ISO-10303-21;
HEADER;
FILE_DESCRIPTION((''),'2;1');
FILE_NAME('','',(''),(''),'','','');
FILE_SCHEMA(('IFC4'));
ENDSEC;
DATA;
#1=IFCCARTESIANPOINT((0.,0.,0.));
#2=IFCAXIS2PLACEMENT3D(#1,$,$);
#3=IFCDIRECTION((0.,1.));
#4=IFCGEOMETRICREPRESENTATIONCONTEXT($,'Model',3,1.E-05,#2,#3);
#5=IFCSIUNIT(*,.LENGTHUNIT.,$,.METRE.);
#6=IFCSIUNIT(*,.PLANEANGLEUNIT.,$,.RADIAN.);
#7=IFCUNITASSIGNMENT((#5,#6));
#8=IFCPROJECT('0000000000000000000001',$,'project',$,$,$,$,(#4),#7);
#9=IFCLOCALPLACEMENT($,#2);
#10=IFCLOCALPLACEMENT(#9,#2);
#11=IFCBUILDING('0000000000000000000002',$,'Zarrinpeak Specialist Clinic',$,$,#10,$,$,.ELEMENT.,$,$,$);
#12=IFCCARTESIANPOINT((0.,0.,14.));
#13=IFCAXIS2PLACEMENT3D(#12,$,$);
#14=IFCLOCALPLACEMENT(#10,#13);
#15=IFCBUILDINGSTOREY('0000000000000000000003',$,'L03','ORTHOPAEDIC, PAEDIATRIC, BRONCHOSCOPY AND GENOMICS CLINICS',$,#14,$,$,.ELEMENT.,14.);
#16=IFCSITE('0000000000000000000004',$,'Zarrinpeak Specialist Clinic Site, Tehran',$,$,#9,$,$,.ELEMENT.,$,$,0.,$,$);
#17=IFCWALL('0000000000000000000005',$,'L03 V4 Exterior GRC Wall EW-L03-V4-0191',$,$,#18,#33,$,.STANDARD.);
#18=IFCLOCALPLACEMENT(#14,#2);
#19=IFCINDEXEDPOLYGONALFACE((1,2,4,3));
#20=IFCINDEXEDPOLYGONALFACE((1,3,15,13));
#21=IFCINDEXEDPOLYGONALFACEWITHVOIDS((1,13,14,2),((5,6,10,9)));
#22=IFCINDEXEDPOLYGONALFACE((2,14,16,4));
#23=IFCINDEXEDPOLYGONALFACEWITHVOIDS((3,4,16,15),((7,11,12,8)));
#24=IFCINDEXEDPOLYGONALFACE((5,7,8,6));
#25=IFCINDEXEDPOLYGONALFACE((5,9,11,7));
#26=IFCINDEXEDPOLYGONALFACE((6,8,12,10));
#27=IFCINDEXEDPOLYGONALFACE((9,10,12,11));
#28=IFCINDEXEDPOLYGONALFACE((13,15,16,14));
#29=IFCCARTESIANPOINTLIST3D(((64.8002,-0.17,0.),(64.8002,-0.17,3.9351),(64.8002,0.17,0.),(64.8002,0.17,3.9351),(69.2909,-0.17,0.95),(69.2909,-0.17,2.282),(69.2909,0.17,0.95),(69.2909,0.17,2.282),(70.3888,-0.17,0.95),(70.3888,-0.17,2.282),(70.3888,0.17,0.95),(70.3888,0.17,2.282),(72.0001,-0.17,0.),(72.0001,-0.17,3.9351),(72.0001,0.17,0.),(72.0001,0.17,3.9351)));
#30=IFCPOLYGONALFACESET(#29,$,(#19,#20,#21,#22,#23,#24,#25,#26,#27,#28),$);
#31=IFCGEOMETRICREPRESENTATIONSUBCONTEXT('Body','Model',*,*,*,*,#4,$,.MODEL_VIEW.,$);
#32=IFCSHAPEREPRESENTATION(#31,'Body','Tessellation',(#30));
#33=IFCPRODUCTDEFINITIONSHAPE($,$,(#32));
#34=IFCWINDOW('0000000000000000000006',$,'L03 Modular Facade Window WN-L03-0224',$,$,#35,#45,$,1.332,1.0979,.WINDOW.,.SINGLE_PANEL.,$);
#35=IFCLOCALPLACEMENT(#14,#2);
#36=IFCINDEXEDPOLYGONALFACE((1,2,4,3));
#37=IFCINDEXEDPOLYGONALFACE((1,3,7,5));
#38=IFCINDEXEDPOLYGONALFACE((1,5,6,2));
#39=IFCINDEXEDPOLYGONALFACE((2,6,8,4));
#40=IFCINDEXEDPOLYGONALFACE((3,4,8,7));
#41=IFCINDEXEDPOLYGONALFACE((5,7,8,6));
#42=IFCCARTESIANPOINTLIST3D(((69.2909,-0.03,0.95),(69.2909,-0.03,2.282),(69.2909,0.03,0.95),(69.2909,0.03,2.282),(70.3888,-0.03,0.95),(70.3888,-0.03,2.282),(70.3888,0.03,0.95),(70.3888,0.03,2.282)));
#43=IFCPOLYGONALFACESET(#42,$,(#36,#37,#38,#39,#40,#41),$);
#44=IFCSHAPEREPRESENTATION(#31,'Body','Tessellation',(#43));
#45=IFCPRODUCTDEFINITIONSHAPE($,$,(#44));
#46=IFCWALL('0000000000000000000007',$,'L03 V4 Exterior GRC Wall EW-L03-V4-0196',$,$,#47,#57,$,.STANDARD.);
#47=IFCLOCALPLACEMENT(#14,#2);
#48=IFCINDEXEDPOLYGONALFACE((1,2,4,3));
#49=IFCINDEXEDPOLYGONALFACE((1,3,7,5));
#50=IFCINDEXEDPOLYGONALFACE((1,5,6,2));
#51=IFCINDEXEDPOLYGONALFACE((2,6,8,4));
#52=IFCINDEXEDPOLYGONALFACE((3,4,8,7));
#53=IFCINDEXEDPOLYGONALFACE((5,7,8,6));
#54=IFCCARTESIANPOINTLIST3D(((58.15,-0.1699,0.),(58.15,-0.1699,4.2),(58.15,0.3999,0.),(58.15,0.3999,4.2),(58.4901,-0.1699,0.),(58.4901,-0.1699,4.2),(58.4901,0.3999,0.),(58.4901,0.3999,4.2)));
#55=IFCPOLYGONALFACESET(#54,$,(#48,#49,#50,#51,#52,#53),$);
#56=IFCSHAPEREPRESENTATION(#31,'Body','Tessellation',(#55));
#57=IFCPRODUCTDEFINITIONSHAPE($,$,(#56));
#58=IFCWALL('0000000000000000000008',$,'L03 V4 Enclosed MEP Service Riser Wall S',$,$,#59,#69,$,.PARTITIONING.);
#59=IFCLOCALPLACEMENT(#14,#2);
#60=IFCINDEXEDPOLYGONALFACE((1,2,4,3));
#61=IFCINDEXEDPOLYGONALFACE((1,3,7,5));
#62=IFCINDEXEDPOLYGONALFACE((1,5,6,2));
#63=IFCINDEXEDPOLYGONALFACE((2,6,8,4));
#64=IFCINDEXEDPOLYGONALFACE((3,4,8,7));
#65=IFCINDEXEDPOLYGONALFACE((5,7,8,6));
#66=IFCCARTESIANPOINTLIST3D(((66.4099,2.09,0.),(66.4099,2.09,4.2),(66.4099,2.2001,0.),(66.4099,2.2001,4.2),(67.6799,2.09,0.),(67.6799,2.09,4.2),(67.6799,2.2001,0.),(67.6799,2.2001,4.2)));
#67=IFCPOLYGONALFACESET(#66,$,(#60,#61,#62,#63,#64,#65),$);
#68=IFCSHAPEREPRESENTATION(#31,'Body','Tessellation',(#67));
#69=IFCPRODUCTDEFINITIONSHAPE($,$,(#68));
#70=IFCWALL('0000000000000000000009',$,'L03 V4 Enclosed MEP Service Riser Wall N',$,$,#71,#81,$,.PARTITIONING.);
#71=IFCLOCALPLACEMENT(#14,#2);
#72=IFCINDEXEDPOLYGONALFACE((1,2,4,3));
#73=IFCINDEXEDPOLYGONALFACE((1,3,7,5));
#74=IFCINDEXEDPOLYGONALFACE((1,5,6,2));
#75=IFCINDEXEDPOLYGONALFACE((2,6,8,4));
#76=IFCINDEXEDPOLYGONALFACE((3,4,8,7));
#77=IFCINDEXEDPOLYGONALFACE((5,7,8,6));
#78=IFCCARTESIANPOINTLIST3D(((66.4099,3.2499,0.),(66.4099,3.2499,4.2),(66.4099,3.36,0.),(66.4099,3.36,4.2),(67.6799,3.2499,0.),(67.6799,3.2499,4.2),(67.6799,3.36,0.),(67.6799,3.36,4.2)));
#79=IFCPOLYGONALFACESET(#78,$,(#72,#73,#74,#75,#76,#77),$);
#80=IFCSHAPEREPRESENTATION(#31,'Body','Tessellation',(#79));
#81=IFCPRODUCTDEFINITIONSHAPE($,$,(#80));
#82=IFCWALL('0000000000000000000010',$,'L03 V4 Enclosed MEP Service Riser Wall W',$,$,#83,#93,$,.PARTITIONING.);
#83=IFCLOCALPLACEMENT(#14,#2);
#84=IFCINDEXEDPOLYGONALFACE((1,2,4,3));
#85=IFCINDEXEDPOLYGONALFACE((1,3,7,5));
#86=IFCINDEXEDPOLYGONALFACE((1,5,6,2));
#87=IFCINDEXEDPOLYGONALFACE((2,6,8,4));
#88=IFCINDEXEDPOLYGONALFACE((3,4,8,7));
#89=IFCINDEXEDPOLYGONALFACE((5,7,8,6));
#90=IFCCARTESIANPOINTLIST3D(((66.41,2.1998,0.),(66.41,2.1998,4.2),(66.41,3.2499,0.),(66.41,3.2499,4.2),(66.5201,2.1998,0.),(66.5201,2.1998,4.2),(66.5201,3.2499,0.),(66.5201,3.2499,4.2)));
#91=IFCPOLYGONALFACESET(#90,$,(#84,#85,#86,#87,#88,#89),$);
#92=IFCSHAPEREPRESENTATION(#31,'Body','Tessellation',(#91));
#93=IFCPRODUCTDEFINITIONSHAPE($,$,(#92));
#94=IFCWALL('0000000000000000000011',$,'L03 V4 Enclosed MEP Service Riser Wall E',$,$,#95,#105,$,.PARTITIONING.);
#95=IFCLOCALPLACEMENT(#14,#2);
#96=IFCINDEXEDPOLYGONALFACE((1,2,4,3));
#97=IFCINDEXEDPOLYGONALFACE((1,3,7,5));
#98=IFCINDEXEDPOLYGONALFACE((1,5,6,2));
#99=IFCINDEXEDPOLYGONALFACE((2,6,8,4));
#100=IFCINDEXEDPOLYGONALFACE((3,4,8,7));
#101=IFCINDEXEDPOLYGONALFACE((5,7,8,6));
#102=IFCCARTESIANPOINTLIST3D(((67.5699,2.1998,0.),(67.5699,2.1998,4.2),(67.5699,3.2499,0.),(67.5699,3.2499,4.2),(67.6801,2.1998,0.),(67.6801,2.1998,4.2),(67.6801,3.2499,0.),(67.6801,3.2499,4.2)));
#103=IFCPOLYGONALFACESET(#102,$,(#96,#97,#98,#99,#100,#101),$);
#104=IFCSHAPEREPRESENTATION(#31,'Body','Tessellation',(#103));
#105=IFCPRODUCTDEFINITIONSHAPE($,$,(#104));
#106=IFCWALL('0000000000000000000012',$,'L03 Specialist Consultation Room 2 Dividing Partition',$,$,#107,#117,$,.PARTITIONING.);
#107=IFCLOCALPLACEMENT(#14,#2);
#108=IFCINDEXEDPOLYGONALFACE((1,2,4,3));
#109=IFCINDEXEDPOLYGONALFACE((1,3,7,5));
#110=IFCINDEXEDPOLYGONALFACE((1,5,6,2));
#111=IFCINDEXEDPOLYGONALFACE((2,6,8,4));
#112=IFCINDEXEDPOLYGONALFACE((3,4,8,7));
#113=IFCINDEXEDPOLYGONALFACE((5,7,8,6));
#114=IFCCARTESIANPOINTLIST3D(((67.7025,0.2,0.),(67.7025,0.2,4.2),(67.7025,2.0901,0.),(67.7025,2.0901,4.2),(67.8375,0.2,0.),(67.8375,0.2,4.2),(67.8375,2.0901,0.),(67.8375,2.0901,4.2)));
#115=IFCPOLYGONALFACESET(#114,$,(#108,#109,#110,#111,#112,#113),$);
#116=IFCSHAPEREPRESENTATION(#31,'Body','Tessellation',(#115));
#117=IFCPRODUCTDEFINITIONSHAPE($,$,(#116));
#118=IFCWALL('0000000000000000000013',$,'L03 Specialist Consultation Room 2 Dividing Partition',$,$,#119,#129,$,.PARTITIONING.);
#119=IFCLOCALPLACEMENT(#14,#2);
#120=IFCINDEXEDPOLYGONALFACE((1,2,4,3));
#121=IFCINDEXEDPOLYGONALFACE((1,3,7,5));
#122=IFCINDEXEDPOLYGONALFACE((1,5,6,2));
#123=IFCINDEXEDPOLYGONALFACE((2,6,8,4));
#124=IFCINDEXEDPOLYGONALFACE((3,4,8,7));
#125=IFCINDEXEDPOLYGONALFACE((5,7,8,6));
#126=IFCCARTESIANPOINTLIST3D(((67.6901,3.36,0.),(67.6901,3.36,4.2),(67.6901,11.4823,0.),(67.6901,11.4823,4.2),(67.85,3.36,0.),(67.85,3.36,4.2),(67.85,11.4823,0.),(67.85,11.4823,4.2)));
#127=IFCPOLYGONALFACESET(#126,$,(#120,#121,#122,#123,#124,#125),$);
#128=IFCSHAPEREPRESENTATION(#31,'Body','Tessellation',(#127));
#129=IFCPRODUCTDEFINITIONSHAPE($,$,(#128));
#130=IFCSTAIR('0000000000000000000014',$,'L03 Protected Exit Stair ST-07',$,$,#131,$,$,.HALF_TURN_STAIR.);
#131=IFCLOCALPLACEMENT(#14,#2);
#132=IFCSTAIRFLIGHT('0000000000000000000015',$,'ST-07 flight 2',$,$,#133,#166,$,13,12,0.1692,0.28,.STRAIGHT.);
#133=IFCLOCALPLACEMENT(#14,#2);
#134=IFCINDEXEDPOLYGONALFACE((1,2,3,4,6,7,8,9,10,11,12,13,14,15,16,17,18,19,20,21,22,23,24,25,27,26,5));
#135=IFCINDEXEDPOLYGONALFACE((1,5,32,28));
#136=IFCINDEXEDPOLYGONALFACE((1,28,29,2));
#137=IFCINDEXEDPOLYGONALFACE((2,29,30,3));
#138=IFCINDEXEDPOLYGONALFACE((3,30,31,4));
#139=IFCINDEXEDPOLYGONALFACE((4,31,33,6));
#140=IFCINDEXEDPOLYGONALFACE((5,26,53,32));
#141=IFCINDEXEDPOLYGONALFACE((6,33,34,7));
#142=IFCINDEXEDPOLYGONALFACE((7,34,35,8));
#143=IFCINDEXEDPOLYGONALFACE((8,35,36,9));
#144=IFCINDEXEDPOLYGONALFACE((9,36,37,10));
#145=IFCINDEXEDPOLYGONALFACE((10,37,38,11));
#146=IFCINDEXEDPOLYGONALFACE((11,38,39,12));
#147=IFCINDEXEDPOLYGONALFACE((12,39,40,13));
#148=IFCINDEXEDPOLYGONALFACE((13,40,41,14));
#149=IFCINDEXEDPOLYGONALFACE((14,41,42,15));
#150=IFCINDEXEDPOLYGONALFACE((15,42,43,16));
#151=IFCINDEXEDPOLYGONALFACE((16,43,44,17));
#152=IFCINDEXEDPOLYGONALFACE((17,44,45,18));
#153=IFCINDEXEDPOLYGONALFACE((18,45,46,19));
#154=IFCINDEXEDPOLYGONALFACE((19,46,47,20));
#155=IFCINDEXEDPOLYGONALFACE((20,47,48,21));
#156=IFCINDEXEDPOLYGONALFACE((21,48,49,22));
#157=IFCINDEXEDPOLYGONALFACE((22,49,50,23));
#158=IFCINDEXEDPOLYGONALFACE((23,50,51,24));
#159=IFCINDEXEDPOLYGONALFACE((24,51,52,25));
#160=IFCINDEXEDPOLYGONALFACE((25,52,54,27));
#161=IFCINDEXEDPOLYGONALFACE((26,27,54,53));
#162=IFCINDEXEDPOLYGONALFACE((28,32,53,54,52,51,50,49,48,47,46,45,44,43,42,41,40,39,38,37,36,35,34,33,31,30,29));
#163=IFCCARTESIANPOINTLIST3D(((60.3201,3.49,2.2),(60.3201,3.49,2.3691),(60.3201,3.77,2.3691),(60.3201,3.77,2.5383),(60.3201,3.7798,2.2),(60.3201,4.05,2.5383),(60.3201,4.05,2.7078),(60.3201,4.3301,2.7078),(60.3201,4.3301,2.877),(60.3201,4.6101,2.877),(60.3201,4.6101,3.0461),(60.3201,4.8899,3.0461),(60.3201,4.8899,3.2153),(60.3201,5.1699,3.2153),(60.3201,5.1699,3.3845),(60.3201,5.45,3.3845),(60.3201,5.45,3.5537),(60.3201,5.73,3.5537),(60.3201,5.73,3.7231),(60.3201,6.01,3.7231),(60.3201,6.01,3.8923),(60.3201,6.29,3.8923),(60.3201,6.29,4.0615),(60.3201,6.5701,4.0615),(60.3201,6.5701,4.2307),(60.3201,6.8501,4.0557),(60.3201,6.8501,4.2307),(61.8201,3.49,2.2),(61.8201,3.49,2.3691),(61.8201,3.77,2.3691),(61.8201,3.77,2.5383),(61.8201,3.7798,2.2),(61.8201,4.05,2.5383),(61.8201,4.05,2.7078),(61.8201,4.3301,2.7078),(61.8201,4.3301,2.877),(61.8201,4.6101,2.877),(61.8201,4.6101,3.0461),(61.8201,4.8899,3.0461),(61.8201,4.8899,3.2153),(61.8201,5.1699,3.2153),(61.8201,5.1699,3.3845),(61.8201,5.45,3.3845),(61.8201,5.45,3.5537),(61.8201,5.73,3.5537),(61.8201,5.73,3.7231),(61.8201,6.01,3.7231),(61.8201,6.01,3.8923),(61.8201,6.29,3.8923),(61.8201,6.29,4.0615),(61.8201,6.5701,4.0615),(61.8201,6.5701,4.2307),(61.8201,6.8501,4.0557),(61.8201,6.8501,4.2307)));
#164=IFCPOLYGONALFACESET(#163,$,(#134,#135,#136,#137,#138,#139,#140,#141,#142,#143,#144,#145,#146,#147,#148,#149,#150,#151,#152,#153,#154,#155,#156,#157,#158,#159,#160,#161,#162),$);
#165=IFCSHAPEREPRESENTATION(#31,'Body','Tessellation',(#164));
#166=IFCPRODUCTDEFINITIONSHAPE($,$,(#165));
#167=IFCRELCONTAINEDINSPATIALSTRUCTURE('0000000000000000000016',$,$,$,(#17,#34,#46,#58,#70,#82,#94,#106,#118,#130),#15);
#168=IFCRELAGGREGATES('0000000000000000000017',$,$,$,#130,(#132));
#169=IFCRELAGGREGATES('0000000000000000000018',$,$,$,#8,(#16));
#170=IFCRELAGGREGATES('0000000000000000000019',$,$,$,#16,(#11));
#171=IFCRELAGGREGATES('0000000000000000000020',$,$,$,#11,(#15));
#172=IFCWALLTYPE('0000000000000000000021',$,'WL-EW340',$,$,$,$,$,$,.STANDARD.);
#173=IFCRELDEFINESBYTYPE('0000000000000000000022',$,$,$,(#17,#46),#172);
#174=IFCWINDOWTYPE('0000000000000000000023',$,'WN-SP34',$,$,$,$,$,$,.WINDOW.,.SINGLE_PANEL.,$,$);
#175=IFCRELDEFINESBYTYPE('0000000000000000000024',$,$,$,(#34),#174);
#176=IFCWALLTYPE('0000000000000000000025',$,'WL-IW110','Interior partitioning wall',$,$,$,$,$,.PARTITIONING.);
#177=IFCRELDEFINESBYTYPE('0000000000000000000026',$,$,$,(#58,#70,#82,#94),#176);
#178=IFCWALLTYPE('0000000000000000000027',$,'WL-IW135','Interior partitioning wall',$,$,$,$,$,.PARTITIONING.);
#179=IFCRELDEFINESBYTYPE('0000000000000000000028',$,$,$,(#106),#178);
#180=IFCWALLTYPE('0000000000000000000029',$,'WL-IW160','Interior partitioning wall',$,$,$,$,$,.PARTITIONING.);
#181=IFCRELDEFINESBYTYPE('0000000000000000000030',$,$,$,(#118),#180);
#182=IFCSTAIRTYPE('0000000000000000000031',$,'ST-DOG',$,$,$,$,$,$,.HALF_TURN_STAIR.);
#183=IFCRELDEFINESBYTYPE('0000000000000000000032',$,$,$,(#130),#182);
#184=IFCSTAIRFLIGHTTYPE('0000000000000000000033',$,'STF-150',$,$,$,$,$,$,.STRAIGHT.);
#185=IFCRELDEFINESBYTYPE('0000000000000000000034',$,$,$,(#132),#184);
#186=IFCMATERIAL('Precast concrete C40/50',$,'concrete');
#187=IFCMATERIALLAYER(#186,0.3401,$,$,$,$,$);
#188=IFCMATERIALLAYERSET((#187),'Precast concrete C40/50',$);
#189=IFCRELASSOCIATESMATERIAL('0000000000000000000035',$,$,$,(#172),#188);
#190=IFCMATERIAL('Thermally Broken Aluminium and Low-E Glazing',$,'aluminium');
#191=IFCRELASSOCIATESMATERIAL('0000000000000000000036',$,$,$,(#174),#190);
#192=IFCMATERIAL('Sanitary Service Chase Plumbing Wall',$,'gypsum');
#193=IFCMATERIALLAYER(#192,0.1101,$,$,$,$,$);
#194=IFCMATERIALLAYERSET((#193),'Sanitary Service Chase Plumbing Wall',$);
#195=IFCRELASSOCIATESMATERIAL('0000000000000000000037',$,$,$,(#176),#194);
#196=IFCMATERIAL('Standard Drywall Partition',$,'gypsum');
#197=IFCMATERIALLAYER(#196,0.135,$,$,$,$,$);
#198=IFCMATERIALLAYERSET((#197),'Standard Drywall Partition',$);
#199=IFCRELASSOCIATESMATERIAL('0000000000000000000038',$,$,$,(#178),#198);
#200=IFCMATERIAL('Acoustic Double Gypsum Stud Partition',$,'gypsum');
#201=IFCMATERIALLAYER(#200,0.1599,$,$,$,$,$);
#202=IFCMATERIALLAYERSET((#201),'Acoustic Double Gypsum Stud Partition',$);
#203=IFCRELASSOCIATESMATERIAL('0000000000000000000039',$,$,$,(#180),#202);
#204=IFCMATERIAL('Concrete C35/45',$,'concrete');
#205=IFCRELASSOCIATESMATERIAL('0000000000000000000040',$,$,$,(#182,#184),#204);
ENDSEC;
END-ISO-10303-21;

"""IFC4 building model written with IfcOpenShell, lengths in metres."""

from ifc_helpers import new_model, si_unit, direction, frame, frame_2d, origin, place, context, subcontext, project, spatial, polyline, rectangle, outline, extrude, material, layer, layer_set, type_object, element, fill, aggregate, save


model = new_model("IFC4")

# Units and contexts
model_context = context("Model", 3, precision=1e-05, world=origin(), true_north=direction((0.0, 1.0)))
body_context = subcontext(model_context, "Body", "Model", "MODEL_VIEW")
ifc_project = project(units=[si_unit("LENGTHUNIT", "METRE"), si_unit("PLANEANGLEUNIT", "RADIAN")], contexts=[model_context])

# Site, building, storey
site_placement = place(None, origin())
site = spatial("IfcSite", under=ifc_project, at=site_placement, Name="Zarrinpeak Specialist Clinic Site, Tehran", CompositionType="ELEMENT", RefElevation=0.0)
building_placement = place(site_placement, origin())
building = spatial("IfcBuilding", under=site, at=building_placement, Name="Zarrinpeak Specialist Clinic", CompositionType="ELEMENT")
storey_placement = place(building_placement, frame((0.0, 0.0, 14.0)))
storey = spatial("IfcBuildingStorey", under=building, at=storey_placement, Name="L03", Description="ORTHOPAEDIC, PAEDIATRIC, BRONCHOSCOPY AND GENOMICS CLINICS", CompositionType="ELEMENT", Elevation=14.0)

# Shared definitions
ifc_material_1 = material(Name="Precast concrete C40/50", Category="concrete")
ifc_layer_1 = layer(ifc_material_1, 0.3401)
ifc_layer_set_1 = layer_set([ifc_layer_1], Name="Precast concrete C40/50")
wall_type_1 = type_object("IfcWallType", Name="WL-EW340", PredefinedType="STANDARD", material=ifc_layer_set_1)

# Wall, opening, window
wall_1_placement = place(storey_placement, frame((64.8, 0.0, 0.0), z_axis=(0.0, 0.0, 1.0), x_axis=(1.0, 0.0, 0.0)))
wall_1 = element("IfcWall", 1, at=wall_1_placement, inside=storey, type_object=wall_type_1, Name="L03 V4 Exterior GRC Wall EW-L03-V4-0191", PredefinedType="STANDARD", context=body_context, shape_type="SweptSolid", body=[
    extrude(rectangle(XDim=7.2, YDim=0.3401, at=frame_2d((3.6001, 0.0))), origin(), (0.0, 0.0, 1.0), 3.9351),
])
opening_placement = place(wall_1_placement, frame((4.491, 0.0, 0.95)))
opening = element("IfcOpeningElement", 2, at=opening_placement, cuts=wall_1, PredefinedType="OPENING", context=body_context, shape_type="SweptSolid", body=[
    extrude(rectangle(XDim=1.0979, YDim=1.332, at=frame_2d((0.5488, 0.666))), frame((0.0, 0.1802, 0.0), z_axis=(0.0, -1.0, 0.0), x_axis=(1.0, 0.0, 0.0)), (0.0, 0.0, 1.0), 0.3601),
])
ifc_material_2 = material(Name="Thermally Broken Aluminium and Low-E Glazing", Category="aluminium")
window_type = type_object("IfcWindowType", Name="WN-SP34", PartitioningType="SINGLE_PANEL", PredefinedType="WINDOW", material=ifc_material_2)
window_placement = place(opening_placement, origin())
window = element("IfcWindow", 3, at=window_placement, inside=storey, type_object=window_type, Name="L03 Modular Facade Window WN-L03-0224", OverallHeight=1.332, OverallWidth=1.0979, PartitioningType="SINGLE_PANEL", PredefinedType="WINDOW", context=body_context, shape_type="SweptSolid", body=[
    extrude(rectangle(XDim=1.0979, YDim=1.332, at=frame_2d((0.5488, 0.666))), frame((0.0, 0.03, 0.0), z_axis=(0.0, -1.0, 0.0), x_axis=(1.0, 0.0, 0.0)), (0.0, 0.0, 1.0), 0.0601),
])
fill(opening, window)

# Walls
wall_2_placement = place(storey_placement, frame((58.3201, 0.3999, 0.0), z_axis=(0.0, 0.0, 1.0), x_axis=(0.0, -1.0, 0.0)))
element("IfcWall", 4, at=wall_2_placement, inside=storey, type_object=wall_type_1, Name="L03 V4 Exterior GRC Wall EW-L03-V4-0196", PredefinedType="STANDARD", context=body_context, shape_type="SweptSolid", body=[
    extrude(rectangle(XDim=0.5698, YDim=0.3401, at=frame_2d((0.2849, 0.0))), origin(), (0.0, 0.0, 1.0), 4.2),
])
ifc_material_3 = material(Name="Sanitary Service Chase Plumbing Wall", Category="gypsum")
ifc_layer_2 = layer(ifc_material_3, 0.1101)
ifc_layer_set_2 = layer_set([ifc_layer_2], Name="Sanitary Service Chase Plumbing Wall")
wall_type_2 = type_object("IfcWallType", Name="WL-IW110", Description="Interior partitioning wall", PredefinedType="PARTITIONING", material=ifc_layer_set_2)
for number, where, z_axis, x_axis, name in (
    (5, (66.4099, 2.145, 0.0), (0.0, 0.0, 1.0), (1.0, 0.0, 0.0), "L03 V4 Enclosed MEP Service Riser Wall S"),
    (6, (66.4099, 3.3049, 0.0), (0.0, 0.0, 1.0), (1.0, 0.0, 0.0), "L03 V4 Enclosed MEP Service Riser Wall N"),
):
    element("IfcWall", number, at=place(storey_placement, frame(where, z_axis=z_axis, x_axis=x_axis)), inside=storey, type_object=wall_type_2, Name=name, PredefinedType="PARTITIONING", context=body_context, shape_type="SweptSolid", body=[
        extrude(rectangle(XDim=1.27, YDim=0.1101, at=frame_2d((0.635, 0.0))), origin(), (0.0, 0.0, 1.0), 4.2),
    ])
for number, where, z_axis, x_axis, name in (
    (7, (66.4651, 2.2, 0.0), (0.0, 0.0, 1.0), (0.0, 1.0, 0.0), "L03 V4 Enclosed MEP Service Riser Wall W"),
    (8, (67.625, 2.2, 0.0), (0.0, 0.0, 1.0), (0.0, 1.0, 0.0), "L03 V4 Enclosed MEP Service Riser Wall E"),
):
    element("IfcWall", number, at=place(storey_placement, frame(where, z_axis=z_axis, x_axis=x_axis)), inside=storey, type_object=wall_type_2, Name=name, PredefinedType="PARTITIONING", context=body_context, shape_type="SweptSolid", body=[
        extrude(rectangle(XDim=1.05, YDim=0.1101, at=frame_2d((0.5249, 0.0))), origin(), (0.0, 0.0, 1.0), 4.2),
    ])
ifc_material_4 = material(Name="Standard Drywall Partition", Category="gypsum")
ifc_layer_3 = layer(ifc_material_4, 0.135)
ifc_layer_set_3 = layer_set([ifc_layer_3], Name="Standard Drywall Partition")
wall_type_3 = type_object("IfcWallType", Name="WL-IW135", Description="Interior partitioning wall", PredefinedType="PARTITIONING", material=ifc_layer_set_3)
wall_3_placement = place(storey_placement, frame((67.77, 0.2, 0.0), z_axis=(0.0, 0.0, 1.0), x_axis=(0.0, 1.0, 0.0)))
element("IfcWall", 9, at=wall_3_placement, inside=storey, type_object=wall_type_3, Name="L03 Specialist Consultation Room 2 Dividing Partition", PredefinedType="PARTITIONING", context=body_context, shape_type="SweptSolid", body=[
    extrude(rectangle(XDim=1.8901, YDim=0.135, at=frame_2d((0.9451, 0.0))), origin(), (0.0, 0.0, 1.0), 4.2),
])
ifc_material_5 = material(Name="Acoustic Double Gypsum Stud Partition", Category="gypsum")
ifc_layer_4 = layer(ifc_material_5, 0.1599)
ifc_layer_set_4 = layer_set([ifc_layer_4], Name="Acoustic Double Gypsum Stud Partition")
wall_type_4 = type_object("IfcWallType", Name="WL-IW160", Description="Interior partitioning wall", PredefinedType="PARTITIONING", material=ifc_layer_set_4)
wall_4_placement = place(storey_placement, frame((67.77, 3.3601, 0.0), z_axis=(0.0, 0.0, 1.0), x_axis=(0.0, 1.0, 0.0)))
element("IfcWall", 10, at=wall_4_placement, inside=storey, type_object=wall_type_4, Name="L03 Specialist Consultation Room 2 Dividing Partition", PredefinedType="PARTITIONING", context=body_context, shape_type="SweptSolid", body=[
    extrude(rectangle(XDim=8.1223, YDim=0.1599, at=frame_2d((4.061, 0.0))), origin(), (0.0, 0.0, 1.0), 4.2),
])

# Stair, stair flight
ifc_material_6 = material(Name="Concrete C35/45", Category="concrete")
stair_type = type_object("IfcStairType", Name="ST-DOG", PredefinedType="HALF_TURN_STAIR", material=ifc_material_6)
stair_placement = place(storey_placement, origin())
stair = element("IfcStair", 11, at=stair_placement, inside=storey, type_object=stair_type, Name="L03 Protected Exit Stair ST-07", PredefinedType="HALF_TURN_STAIR")
stair_flight_type = type_object("IfcStairFlightType", Name="STF-150", PredefinedType="STRAIGHT", material=ifc_material_6)
stair_flight_placement = place(storey_placement, frame((61.0701, 3.49, 2.2), z_axis=(0.0, 0.0, 1.0), x_axis=(0.0, 1.0, 0.0)))
stair_flight = element("IfcStairFlight", 12, at=stair_flight_placement, type_object=stair_flight_type, Name="ST-07 flight 2", NumberOfRisers=13, NumberOfTreads=12, PredefinedType="STRAIGHT", RiserHeight=0.1692, TreadLength=0.28, context=body_context, shape_type="SweptSolid", body=[
    extrude(outline(polyline([(0.0, 0.0), (0.0, 0.1692), (0.28, 0.1692), (0.28, 0.3384), (0.5601, 0.3384), (0.5601, 0.5078), (0.8401, 0.5078), (0.8401, 0.677), (1.1201, 0.677), (1.1201, 0.8462), (1.3999, 0.8462), (1.3999, 1.0154), (1.6799, 1.0154), (1.6799, 1.1846), (1.96, 1.1846), (1.96, 1.3538), (2.24, 1.3538), (2.24, 1.5232), (2.52, 1.5232), (2.52, 1.6924), (2.8, 1.6924), (2.8, 1.8616), (3.0801, 1.8616), (3.0801, 2.0308), (3.3601, 2.0308), (3.3601, 2.2), (3.3601, 1.8557), (0.2898, 0.0), (0.0, 0.0)])), frame((0.0, 0.75, 0.0), z_axis=(0.0, -1.0, 0.0), x_axis=(1.0, 0.0, 0.0)), (0.0, 0.0, 1.0), 1.5),
])
aggregate(stair, [stair_flight])

save(model, "model.ifc")
